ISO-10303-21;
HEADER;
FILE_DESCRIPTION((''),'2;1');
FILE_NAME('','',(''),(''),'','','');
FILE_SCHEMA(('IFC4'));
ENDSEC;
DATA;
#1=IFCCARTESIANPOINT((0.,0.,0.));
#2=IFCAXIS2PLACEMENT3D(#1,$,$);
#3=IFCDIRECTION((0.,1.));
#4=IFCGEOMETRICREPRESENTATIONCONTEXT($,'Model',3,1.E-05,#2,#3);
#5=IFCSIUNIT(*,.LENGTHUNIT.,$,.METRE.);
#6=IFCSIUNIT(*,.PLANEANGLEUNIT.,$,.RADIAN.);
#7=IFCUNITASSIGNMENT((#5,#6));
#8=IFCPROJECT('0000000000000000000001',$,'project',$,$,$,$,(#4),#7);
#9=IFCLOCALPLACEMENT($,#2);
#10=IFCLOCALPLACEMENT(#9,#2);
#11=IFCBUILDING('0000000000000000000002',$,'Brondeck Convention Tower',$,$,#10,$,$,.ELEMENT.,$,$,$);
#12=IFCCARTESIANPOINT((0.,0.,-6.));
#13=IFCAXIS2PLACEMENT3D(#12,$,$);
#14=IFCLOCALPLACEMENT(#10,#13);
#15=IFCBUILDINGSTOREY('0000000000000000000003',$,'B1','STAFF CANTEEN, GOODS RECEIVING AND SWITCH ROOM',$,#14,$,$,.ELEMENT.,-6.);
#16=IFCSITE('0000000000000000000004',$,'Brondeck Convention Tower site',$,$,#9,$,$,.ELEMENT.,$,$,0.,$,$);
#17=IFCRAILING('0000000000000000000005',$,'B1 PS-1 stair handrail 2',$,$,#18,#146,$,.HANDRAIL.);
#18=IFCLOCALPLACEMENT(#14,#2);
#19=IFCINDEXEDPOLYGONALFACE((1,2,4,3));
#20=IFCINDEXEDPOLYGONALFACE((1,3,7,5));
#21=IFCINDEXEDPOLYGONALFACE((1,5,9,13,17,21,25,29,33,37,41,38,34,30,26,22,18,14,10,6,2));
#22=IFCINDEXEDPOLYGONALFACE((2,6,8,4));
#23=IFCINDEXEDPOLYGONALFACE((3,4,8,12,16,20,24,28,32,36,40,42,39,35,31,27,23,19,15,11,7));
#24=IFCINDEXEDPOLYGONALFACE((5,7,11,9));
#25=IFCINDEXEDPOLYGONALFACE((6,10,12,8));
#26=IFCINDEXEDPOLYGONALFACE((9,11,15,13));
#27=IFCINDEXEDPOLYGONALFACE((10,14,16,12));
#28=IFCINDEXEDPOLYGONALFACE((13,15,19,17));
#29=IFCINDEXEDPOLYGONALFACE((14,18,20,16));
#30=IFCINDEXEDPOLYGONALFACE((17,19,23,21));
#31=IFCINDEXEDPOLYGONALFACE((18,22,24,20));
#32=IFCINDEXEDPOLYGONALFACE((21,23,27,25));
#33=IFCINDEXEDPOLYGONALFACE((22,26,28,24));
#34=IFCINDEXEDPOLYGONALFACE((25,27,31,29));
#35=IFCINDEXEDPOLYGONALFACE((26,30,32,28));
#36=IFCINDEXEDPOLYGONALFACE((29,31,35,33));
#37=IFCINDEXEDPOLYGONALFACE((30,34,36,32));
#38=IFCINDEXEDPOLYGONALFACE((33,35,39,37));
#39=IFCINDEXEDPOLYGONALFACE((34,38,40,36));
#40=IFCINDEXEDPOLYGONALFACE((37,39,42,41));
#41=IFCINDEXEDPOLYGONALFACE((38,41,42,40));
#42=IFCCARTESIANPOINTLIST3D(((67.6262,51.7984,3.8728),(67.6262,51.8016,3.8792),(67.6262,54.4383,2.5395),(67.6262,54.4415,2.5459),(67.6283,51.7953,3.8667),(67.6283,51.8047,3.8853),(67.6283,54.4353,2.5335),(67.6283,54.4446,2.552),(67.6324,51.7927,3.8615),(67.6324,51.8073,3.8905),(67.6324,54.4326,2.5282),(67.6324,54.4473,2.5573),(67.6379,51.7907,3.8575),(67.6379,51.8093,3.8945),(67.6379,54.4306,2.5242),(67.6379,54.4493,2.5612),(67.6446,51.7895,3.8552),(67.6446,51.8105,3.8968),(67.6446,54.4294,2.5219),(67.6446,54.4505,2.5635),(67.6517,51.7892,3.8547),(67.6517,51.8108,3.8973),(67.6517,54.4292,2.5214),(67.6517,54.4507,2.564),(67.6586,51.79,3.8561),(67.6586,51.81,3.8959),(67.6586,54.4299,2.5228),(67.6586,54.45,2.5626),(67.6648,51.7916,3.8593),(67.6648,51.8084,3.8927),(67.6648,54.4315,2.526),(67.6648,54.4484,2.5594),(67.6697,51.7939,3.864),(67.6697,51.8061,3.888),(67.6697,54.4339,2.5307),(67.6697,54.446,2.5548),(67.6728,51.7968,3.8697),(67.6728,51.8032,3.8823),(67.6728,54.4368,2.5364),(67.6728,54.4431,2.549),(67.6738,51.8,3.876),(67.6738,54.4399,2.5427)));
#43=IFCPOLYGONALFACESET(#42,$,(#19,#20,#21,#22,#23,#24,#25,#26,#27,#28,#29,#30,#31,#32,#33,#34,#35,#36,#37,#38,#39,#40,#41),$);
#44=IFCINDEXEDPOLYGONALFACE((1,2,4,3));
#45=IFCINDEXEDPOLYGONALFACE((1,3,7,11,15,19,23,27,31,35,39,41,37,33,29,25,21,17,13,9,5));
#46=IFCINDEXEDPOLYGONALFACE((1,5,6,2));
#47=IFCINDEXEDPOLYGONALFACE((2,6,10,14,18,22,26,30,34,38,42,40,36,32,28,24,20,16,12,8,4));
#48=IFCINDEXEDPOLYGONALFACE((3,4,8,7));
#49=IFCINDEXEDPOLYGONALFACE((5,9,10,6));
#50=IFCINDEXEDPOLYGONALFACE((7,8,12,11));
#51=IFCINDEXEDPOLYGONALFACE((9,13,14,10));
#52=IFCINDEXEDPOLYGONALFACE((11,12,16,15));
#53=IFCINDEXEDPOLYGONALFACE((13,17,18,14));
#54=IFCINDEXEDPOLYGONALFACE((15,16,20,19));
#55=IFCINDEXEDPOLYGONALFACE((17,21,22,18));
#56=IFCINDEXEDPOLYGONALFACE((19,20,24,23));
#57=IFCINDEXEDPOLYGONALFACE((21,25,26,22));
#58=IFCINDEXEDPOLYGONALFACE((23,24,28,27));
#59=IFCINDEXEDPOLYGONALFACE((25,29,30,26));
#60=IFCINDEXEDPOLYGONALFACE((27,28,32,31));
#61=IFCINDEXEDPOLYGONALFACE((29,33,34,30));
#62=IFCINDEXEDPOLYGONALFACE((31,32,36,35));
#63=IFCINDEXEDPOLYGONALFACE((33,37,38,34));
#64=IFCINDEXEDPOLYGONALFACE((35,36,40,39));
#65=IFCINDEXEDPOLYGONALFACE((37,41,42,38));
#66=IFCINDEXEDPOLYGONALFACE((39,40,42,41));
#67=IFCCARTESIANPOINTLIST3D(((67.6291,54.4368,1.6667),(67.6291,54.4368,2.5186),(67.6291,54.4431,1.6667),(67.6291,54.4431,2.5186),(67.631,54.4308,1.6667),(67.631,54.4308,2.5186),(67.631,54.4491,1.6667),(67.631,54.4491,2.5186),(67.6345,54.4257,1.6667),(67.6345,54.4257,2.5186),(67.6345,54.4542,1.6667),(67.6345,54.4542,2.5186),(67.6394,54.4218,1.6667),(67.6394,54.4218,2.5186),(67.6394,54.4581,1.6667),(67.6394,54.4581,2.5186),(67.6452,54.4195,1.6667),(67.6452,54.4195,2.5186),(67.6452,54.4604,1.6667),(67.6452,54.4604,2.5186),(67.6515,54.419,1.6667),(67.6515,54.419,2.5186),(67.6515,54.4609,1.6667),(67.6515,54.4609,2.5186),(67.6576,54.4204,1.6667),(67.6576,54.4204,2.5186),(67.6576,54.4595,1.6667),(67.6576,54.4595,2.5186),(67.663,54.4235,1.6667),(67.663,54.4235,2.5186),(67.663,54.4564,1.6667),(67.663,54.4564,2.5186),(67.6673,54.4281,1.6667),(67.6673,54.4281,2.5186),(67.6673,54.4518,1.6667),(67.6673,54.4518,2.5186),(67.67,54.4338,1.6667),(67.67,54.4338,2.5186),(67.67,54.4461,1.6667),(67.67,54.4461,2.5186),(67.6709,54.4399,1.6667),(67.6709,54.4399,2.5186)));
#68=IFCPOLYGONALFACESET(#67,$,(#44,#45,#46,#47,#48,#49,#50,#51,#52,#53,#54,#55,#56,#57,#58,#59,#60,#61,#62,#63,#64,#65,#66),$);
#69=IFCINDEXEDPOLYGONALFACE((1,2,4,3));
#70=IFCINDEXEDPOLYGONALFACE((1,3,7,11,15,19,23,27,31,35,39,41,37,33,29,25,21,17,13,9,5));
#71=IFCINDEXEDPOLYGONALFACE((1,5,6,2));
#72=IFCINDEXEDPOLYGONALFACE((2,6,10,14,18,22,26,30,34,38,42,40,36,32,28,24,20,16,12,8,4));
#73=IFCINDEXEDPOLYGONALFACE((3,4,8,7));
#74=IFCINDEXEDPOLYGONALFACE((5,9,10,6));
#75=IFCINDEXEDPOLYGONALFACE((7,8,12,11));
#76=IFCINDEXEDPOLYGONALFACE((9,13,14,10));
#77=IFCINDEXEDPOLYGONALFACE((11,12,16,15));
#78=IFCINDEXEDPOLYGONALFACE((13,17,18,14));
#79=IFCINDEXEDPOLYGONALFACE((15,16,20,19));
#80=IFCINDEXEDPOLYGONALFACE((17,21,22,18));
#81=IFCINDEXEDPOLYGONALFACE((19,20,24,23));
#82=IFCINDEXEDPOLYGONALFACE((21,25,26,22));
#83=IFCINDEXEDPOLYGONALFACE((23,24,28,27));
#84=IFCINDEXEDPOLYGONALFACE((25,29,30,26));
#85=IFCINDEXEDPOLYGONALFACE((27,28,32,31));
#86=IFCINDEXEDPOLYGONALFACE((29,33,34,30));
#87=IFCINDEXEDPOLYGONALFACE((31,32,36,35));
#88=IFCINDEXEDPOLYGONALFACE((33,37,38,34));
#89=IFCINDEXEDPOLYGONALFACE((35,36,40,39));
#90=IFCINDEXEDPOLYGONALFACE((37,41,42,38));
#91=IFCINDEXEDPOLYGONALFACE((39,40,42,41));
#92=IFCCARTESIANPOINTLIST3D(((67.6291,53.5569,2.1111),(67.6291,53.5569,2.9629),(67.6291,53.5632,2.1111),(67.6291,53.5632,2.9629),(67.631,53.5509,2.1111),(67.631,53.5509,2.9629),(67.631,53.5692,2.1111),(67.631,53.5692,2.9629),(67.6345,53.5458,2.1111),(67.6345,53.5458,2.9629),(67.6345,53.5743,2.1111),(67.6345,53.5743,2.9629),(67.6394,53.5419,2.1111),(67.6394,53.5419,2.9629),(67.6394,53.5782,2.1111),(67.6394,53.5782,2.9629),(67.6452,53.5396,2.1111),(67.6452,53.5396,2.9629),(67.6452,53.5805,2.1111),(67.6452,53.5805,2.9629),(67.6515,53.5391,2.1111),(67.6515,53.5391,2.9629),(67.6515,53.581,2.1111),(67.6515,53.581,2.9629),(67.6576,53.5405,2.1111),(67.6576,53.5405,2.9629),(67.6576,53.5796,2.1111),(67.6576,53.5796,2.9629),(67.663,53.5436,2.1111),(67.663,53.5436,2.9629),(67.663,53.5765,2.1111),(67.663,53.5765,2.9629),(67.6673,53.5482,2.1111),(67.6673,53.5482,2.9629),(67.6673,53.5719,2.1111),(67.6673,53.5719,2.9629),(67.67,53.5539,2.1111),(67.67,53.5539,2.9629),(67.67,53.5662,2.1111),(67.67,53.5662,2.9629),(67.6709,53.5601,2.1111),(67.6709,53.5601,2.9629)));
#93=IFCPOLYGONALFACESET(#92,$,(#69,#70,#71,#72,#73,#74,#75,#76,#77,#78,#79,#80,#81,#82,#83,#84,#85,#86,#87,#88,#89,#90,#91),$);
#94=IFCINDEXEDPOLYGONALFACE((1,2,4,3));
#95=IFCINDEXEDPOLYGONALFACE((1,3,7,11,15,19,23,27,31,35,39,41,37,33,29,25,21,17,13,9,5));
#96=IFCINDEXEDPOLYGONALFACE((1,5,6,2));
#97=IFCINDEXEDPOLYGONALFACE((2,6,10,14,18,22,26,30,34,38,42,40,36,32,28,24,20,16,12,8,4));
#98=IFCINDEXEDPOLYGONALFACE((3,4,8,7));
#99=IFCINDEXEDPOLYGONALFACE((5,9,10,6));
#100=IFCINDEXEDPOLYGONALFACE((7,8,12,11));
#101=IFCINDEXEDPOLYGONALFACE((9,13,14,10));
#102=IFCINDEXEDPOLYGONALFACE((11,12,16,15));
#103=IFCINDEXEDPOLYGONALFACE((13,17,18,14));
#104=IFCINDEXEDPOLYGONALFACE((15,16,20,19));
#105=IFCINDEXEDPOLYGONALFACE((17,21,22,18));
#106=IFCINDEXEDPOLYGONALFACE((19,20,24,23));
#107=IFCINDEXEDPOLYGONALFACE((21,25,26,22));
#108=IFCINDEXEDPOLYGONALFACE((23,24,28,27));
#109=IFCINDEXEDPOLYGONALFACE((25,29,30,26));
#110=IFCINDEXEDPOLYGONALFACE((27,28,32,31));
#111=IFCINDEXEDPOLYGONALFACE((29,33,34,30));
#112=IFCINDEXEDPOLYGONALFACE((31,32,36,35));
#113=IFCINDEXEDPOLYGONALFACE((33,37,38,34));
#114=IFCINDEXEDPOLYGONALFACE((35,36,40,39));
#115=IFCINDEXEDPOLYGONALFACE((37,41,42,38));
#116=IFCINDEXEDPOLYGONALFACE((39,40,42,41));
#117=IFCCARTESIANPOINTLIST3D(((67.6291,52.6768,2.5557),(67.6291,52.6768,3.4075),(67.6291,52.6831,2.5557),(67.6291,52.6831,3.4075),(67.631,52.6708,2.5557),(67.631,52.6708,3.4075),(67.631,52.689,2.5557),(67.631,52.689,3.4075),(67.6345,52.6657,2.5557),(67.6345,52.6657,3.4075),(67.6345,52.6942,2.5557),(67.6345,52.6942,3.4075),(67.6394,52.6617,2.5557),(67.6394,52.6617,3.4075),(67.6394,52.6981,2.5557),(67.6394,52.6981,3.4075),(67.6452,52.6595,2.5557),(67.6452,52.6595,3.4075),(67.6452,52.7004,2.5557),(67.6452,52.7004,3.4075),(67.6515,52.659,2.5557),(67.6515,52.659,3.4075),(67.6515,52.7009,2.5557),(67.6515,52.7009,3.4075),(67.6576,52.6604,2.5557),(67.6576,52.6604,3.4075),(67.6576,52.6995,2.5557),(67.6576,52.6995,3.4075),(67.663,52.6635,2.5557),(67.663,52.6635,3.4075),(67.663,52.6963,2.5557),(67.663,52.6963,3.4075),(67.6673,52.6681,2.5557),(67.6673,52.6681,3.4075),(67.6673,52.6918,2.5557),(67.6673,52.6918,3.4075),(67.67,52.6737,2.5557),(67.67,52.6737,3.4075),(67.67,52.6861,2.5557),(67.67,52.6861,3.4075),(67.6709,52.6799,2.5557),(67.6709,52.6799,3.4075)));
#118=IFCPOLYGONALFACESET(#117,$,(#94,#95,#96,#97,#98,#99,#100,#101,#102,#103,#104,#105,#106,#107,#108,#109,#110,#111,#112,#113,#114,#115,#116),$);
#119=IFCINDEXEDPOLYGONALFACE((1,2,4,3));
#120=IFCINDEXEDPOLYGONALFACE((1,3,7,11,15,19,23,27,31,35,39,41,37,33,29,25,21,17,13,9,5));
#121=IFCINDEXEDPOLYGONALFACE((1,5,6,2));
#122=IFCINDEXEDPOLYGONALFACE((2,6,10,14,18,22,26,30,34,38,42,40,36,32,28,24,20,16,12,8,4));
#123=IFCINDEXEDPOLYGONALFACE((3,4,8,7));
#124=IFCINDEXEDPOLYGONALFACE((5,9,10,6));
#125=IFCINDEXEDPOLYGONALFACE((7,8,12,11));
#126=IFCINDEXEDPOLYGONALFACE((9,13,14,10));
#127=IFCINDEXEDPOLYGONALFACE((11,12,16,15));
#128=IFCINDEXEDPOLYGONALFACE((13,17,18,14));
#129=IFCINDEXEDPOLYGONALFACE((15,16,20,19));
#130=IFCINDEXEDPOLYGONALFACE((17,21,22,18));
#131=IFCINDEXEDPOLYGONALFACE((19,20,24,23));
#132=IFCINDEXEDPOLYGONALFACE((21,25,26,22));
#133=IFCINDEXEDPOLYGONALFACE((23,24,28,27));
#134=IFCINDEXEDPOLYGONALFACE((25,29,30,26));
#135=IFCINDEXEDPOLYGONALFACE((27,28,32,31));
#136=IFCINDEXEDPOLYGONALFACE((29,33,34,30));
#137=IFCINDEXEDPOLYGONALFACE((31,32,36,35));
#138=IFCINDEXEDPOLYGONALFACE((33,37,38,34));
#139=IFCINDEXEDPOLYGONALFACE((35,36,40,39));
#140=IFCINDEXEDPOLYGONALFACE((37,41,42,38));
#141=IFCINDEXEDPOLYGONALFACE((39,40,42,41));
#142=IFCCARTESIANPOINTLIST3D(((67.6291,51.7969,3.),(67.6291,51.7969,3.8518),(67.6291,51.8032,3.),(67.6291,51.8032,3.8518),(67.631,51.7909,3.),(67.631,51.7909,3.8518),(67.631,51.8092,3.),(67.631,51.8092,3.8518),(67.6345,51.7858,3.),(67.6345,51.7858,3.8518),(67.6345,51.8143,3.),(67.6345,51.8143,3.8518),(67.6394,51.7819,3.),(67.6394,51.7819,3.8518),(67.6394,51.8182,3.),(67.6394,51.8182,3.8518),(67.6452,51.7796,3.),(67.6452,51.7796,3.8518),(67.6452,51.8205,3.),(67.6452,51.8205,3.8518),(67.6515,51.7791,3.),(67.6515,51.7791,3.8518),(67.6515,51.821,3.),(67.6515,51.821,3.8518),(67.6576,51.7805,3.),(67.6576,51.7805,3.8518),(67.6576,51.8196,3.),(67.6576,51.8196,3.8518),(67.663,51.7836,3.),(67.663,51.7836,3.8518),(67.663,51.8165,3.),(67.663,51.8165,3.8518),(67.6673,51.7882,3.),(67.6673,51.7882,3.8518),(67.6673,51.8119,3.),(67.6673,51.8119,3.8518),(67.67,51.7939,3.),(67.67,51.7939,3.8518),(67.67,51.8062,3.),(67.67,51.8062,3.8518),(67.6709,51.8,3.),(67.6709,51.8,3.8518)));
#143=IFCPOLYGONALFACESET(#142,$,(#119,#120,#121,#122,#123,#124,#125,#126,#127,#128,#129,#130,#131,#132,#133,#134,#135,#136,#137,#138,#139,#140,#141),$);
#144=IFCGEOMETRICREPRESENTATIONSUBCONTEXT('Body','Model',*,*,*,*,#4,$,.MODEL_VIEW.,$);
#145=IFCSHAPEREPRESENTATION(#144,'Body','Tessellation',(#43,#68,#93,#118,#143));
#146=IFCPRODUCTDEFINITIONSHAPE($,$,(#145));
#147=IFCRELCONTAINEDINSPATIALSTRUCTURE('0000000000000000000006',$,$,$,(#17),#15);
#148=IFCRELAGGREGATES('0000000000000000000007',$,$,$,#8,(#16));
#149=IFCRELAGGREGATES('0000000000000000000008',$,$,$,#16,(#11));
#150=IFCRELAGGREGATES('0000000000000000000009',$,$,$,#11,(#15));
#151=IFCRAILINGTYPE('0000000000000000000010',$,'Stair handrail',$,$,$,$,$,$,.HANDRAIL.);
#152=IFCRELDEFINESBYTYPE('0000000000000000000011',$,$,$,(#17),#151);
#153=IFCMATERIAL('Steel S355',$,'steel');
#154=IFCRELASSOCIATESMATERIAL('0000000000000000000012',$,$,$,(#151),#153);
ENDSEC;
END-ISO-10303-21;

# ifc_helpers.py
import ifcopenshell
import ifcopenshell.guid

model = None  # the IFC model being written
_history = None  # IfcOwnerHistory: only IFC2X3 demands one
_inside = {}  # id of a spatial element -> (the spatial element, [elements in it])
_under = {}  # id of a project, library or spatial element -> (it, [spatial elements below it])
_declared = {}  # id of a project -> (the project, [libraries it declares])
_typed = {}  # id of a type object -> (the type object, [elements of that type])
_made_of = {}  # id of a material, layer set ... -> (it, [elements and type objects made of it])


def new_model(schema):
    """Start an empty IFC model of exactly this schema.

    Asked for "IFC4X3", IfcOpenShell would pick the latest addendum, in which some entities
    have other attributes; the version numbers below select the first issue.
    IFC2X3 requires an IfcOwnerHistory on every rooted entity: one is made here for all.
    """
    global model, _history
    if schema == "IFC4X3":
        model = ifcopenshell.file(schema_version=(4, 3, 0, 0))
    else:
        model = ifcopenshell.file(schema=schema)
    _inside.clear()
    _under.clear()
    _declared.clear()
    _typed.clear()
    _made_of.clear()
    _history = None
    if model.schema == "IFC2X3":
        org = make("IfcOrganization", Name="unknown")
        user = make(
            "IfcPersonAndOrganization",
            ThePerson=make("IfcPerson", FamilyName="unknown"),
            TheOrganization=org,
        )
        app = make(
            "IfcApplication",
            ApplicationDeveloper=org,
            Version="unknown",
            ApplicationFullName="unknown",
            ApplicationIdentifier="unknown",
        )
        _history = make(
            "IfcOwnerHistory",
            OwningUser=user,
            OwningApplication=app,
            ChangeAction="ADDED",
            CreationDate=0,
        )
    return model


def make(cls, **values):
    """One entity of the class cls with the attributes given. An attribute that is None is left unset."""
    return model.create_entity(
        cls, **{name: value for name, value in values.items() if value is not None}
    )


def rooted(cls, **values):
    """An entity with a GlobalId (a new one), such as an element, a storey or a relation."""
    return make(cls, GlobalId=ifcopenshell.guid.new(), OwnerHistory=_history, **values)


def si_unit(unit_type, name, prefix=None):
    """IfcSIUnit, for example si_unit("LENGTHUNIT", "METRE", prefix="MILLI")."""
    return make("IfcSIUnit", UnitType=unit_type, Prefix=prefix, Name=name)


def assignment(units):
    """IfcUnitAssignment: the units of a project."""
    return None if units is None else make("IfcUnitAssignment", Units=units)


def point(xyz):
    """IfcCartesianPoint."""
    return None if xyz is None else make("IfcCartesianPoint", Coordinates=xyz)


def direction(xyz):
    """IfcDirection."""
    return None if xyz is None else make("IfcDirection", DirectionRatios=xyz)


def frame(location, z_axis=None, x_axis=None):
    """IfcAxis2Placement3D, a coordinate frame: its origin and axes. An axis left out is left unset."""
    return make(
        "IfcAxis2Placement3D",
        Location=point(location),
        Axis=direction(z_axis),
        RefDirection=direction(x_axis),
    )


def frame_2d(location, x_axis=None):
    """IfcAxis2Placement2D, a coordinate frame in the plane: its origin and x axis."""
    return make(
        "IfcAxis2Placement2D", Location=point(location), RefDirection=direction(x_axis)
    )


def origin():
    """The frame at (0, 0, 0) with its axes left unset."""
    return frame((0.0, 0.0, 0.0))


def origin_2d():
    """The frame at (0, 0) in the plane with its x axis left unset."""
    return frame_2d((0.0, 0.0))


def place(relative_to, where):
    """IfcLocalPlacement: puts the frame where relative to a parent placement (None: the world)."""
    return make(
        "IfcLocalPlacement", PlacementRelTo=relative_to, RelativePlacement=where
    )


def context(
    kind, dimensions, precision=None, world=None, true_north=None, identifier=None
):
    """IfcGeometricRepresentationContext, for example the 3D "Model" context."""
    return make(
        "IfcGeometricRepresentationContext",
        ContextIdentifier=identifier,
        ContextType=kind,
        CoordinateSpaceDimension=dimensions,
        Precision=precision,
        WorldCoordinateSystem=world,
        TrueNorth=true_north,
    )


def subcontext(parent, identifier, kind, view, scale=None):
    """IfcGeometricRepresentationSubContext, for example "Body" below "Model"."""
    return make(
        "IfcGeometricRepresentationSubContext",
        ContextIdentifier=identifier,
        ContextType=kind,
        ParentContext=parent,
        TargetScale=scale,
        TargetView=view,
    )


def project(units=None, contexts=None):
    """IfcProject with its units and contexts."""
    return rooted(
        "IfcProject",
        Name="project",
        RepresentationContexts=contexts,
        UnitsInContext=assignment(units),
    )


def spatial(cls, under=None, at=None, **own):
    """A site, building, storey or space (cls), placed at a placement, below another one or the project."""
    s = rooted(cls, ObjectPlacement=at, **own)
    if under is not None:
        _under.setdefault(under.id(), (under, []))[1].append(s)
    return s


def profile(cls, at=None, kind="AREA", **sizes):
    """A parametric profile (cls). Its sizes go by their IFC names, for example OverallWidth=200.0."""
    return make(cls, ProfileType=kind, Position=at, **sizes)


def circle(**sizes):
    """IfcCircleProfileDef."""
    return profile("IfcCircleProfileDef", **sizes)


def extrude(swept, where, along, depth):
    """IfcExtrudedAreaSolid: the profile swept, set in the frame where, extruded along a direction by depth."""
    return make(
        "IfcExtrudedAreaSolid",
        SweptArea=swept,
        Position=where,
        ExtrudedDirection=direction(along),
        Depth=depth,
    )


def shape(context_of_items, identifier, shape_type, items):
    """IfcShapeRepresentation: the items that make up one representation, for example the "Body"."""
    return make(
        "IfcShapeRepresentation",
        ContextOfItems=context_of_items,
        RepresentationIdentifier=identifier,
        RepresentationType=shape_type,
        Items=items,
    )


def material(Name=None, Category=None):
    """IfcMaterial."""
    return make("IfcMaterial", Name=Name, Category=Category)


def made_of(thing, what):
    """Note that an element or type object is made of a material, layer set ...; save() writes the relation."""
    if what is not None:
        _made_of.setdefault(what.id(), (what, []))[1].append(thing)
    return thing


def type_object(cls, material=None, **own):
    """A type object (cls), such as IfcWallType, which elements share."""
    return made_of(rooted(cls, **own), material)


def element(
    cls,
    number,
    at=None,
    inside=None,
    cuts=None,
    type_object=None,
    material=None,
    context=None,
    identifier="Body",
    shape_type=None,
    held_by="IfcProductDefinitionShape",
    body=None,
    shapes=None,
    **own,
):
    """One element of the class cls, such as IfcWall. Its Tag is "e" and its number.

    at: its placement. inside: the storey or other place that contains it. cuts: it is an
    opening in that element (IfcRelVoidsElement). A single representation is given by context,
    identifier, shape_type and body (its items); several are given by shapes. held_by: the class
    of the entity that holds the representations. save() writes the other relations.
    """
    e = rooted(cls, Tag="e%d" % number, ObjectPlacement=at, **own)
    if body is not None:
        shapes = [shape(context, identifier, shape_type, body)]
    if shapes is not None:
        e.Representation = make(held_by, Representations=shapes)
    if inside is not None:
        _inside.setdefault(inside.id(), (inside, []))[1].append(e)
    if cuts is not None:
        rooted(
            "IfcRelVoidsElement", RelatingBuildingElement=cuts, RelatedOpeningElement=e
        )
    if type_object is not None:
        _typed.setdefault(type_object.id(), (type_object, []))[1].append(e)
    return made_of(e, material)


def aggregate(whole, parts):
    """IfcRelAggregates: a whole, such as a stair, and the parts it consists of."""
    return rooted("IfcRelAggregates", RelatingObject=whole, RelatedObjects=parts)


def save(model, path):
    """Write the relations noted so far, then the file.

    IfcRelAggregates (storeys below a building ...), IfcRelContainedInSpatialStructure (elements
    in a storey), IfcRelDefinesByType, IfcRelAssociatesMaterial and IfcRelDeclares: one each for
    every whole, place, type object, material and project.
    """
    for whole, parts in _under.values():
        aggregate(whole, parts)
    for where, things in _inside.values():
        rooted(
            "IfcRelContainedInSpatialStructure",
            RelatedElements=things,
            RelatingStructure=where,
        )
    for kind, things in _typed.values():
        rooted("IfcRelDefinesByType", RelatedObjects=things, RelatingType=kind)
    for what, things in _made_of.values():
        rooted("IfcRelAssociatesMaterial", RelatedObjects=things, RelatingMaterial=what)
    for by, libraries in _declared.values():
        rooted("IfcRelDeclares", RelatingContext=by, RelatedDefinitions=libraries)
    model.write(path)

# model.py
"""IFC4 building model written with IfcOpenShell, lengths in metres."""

from ifc_helpers import new_model, si_unit, direction, frame, origin, origin_2d, place, context, subcontext, project, spatial, circle, extrude, material, type_object, element, save


model = new_model("IFC4")

# Units and contexts
model_context = context("Model", 3, precision=1e-05, world=origin(), true_north=direction((0.0, 1.0)))
body_context = subcontext(model_context, "Body", "Model", "MODEL_VIEW")
ifc_project = project(units=[si_unit("LENGTHUNIT", "METRE"), si_unit("PLANEANGLEUNIT", "RADIAN")], contexts=[model_context])

# Site, building, storey
site_placement = place(None, origin())
site = spatial("IfcSite", under=ifc_project, at=site_placement, Name="Brondeck Convention Tower site", CompositionType="ELEMENT", RefElevation=0.0)
building_placement = place(site_placement, origin())
building = spatial("IfcBuilding", under=site, at=building_placement, Name="Brondeck Convention Tower", CompositionType="ELEMENT")
storey_placement = place(building_placement, frame((0.0, 0.0, -6.0)))
storey = spatial("IfcBuildingStorey", under=building, at=storey_placement, Name="B1", Description="STAFF CANTEEN, GOODS RECEIVING AND SWITCH ROOM", CompositionType="ELEMENT", Elevation=-6.0)

# Railing
ifc_material_1 = material(Name="Steel S355", Category="steel")
railing_type = type_object("IfcRailingType", Name="Stair handrail", PredefinedType="HANDRAIL", material=ifc_material_1)
railing_1_placement = place(storey_placement, frame((67.6499, 54.4399, 1.6667)))
element("IfcRailing", 1, at=railing_1_placement, inside=storey, type_object=railing_type, Name="B1 PS-1 stair handrail 2", PredefinedType="HANDRAIL", context=body_context, shape_type="SweptSolid", body=[
    extrude(circle(Radius=0.0239, at=origin_2d()), frame((0.0, 0.0, 0.876), z_axis=(0.0, -0.89262, 0.450809), x_axis=(1.0, 0.0, 0.0)), (0.0, 0.0, 1.0), 2.9575),
    extrude(circle(Radius=0.021, at=origin_2d()), origin(), (0.0, 0.0, 1.0), 0.8518),
    extrude(circle(Radius=0.021, at=origin_2d()), frame((0.0, -0.8799, 0.4443)), (0.0, 0.0, 1.0), 0.8518),
    extrude(circle(Radius=0.021, at=origin_2d()), frame((0.0, -1.76, 0.8889)), (0.0, 0.0, 1.0), 0.8518),
    extrude(circle(Radius=0.021, at=origin_2d()), frame((0.0, -2.6399, 1.3333)), (0.0, 0.0, 1.0), 0.8518),
])

save(model, "model.ifc")
